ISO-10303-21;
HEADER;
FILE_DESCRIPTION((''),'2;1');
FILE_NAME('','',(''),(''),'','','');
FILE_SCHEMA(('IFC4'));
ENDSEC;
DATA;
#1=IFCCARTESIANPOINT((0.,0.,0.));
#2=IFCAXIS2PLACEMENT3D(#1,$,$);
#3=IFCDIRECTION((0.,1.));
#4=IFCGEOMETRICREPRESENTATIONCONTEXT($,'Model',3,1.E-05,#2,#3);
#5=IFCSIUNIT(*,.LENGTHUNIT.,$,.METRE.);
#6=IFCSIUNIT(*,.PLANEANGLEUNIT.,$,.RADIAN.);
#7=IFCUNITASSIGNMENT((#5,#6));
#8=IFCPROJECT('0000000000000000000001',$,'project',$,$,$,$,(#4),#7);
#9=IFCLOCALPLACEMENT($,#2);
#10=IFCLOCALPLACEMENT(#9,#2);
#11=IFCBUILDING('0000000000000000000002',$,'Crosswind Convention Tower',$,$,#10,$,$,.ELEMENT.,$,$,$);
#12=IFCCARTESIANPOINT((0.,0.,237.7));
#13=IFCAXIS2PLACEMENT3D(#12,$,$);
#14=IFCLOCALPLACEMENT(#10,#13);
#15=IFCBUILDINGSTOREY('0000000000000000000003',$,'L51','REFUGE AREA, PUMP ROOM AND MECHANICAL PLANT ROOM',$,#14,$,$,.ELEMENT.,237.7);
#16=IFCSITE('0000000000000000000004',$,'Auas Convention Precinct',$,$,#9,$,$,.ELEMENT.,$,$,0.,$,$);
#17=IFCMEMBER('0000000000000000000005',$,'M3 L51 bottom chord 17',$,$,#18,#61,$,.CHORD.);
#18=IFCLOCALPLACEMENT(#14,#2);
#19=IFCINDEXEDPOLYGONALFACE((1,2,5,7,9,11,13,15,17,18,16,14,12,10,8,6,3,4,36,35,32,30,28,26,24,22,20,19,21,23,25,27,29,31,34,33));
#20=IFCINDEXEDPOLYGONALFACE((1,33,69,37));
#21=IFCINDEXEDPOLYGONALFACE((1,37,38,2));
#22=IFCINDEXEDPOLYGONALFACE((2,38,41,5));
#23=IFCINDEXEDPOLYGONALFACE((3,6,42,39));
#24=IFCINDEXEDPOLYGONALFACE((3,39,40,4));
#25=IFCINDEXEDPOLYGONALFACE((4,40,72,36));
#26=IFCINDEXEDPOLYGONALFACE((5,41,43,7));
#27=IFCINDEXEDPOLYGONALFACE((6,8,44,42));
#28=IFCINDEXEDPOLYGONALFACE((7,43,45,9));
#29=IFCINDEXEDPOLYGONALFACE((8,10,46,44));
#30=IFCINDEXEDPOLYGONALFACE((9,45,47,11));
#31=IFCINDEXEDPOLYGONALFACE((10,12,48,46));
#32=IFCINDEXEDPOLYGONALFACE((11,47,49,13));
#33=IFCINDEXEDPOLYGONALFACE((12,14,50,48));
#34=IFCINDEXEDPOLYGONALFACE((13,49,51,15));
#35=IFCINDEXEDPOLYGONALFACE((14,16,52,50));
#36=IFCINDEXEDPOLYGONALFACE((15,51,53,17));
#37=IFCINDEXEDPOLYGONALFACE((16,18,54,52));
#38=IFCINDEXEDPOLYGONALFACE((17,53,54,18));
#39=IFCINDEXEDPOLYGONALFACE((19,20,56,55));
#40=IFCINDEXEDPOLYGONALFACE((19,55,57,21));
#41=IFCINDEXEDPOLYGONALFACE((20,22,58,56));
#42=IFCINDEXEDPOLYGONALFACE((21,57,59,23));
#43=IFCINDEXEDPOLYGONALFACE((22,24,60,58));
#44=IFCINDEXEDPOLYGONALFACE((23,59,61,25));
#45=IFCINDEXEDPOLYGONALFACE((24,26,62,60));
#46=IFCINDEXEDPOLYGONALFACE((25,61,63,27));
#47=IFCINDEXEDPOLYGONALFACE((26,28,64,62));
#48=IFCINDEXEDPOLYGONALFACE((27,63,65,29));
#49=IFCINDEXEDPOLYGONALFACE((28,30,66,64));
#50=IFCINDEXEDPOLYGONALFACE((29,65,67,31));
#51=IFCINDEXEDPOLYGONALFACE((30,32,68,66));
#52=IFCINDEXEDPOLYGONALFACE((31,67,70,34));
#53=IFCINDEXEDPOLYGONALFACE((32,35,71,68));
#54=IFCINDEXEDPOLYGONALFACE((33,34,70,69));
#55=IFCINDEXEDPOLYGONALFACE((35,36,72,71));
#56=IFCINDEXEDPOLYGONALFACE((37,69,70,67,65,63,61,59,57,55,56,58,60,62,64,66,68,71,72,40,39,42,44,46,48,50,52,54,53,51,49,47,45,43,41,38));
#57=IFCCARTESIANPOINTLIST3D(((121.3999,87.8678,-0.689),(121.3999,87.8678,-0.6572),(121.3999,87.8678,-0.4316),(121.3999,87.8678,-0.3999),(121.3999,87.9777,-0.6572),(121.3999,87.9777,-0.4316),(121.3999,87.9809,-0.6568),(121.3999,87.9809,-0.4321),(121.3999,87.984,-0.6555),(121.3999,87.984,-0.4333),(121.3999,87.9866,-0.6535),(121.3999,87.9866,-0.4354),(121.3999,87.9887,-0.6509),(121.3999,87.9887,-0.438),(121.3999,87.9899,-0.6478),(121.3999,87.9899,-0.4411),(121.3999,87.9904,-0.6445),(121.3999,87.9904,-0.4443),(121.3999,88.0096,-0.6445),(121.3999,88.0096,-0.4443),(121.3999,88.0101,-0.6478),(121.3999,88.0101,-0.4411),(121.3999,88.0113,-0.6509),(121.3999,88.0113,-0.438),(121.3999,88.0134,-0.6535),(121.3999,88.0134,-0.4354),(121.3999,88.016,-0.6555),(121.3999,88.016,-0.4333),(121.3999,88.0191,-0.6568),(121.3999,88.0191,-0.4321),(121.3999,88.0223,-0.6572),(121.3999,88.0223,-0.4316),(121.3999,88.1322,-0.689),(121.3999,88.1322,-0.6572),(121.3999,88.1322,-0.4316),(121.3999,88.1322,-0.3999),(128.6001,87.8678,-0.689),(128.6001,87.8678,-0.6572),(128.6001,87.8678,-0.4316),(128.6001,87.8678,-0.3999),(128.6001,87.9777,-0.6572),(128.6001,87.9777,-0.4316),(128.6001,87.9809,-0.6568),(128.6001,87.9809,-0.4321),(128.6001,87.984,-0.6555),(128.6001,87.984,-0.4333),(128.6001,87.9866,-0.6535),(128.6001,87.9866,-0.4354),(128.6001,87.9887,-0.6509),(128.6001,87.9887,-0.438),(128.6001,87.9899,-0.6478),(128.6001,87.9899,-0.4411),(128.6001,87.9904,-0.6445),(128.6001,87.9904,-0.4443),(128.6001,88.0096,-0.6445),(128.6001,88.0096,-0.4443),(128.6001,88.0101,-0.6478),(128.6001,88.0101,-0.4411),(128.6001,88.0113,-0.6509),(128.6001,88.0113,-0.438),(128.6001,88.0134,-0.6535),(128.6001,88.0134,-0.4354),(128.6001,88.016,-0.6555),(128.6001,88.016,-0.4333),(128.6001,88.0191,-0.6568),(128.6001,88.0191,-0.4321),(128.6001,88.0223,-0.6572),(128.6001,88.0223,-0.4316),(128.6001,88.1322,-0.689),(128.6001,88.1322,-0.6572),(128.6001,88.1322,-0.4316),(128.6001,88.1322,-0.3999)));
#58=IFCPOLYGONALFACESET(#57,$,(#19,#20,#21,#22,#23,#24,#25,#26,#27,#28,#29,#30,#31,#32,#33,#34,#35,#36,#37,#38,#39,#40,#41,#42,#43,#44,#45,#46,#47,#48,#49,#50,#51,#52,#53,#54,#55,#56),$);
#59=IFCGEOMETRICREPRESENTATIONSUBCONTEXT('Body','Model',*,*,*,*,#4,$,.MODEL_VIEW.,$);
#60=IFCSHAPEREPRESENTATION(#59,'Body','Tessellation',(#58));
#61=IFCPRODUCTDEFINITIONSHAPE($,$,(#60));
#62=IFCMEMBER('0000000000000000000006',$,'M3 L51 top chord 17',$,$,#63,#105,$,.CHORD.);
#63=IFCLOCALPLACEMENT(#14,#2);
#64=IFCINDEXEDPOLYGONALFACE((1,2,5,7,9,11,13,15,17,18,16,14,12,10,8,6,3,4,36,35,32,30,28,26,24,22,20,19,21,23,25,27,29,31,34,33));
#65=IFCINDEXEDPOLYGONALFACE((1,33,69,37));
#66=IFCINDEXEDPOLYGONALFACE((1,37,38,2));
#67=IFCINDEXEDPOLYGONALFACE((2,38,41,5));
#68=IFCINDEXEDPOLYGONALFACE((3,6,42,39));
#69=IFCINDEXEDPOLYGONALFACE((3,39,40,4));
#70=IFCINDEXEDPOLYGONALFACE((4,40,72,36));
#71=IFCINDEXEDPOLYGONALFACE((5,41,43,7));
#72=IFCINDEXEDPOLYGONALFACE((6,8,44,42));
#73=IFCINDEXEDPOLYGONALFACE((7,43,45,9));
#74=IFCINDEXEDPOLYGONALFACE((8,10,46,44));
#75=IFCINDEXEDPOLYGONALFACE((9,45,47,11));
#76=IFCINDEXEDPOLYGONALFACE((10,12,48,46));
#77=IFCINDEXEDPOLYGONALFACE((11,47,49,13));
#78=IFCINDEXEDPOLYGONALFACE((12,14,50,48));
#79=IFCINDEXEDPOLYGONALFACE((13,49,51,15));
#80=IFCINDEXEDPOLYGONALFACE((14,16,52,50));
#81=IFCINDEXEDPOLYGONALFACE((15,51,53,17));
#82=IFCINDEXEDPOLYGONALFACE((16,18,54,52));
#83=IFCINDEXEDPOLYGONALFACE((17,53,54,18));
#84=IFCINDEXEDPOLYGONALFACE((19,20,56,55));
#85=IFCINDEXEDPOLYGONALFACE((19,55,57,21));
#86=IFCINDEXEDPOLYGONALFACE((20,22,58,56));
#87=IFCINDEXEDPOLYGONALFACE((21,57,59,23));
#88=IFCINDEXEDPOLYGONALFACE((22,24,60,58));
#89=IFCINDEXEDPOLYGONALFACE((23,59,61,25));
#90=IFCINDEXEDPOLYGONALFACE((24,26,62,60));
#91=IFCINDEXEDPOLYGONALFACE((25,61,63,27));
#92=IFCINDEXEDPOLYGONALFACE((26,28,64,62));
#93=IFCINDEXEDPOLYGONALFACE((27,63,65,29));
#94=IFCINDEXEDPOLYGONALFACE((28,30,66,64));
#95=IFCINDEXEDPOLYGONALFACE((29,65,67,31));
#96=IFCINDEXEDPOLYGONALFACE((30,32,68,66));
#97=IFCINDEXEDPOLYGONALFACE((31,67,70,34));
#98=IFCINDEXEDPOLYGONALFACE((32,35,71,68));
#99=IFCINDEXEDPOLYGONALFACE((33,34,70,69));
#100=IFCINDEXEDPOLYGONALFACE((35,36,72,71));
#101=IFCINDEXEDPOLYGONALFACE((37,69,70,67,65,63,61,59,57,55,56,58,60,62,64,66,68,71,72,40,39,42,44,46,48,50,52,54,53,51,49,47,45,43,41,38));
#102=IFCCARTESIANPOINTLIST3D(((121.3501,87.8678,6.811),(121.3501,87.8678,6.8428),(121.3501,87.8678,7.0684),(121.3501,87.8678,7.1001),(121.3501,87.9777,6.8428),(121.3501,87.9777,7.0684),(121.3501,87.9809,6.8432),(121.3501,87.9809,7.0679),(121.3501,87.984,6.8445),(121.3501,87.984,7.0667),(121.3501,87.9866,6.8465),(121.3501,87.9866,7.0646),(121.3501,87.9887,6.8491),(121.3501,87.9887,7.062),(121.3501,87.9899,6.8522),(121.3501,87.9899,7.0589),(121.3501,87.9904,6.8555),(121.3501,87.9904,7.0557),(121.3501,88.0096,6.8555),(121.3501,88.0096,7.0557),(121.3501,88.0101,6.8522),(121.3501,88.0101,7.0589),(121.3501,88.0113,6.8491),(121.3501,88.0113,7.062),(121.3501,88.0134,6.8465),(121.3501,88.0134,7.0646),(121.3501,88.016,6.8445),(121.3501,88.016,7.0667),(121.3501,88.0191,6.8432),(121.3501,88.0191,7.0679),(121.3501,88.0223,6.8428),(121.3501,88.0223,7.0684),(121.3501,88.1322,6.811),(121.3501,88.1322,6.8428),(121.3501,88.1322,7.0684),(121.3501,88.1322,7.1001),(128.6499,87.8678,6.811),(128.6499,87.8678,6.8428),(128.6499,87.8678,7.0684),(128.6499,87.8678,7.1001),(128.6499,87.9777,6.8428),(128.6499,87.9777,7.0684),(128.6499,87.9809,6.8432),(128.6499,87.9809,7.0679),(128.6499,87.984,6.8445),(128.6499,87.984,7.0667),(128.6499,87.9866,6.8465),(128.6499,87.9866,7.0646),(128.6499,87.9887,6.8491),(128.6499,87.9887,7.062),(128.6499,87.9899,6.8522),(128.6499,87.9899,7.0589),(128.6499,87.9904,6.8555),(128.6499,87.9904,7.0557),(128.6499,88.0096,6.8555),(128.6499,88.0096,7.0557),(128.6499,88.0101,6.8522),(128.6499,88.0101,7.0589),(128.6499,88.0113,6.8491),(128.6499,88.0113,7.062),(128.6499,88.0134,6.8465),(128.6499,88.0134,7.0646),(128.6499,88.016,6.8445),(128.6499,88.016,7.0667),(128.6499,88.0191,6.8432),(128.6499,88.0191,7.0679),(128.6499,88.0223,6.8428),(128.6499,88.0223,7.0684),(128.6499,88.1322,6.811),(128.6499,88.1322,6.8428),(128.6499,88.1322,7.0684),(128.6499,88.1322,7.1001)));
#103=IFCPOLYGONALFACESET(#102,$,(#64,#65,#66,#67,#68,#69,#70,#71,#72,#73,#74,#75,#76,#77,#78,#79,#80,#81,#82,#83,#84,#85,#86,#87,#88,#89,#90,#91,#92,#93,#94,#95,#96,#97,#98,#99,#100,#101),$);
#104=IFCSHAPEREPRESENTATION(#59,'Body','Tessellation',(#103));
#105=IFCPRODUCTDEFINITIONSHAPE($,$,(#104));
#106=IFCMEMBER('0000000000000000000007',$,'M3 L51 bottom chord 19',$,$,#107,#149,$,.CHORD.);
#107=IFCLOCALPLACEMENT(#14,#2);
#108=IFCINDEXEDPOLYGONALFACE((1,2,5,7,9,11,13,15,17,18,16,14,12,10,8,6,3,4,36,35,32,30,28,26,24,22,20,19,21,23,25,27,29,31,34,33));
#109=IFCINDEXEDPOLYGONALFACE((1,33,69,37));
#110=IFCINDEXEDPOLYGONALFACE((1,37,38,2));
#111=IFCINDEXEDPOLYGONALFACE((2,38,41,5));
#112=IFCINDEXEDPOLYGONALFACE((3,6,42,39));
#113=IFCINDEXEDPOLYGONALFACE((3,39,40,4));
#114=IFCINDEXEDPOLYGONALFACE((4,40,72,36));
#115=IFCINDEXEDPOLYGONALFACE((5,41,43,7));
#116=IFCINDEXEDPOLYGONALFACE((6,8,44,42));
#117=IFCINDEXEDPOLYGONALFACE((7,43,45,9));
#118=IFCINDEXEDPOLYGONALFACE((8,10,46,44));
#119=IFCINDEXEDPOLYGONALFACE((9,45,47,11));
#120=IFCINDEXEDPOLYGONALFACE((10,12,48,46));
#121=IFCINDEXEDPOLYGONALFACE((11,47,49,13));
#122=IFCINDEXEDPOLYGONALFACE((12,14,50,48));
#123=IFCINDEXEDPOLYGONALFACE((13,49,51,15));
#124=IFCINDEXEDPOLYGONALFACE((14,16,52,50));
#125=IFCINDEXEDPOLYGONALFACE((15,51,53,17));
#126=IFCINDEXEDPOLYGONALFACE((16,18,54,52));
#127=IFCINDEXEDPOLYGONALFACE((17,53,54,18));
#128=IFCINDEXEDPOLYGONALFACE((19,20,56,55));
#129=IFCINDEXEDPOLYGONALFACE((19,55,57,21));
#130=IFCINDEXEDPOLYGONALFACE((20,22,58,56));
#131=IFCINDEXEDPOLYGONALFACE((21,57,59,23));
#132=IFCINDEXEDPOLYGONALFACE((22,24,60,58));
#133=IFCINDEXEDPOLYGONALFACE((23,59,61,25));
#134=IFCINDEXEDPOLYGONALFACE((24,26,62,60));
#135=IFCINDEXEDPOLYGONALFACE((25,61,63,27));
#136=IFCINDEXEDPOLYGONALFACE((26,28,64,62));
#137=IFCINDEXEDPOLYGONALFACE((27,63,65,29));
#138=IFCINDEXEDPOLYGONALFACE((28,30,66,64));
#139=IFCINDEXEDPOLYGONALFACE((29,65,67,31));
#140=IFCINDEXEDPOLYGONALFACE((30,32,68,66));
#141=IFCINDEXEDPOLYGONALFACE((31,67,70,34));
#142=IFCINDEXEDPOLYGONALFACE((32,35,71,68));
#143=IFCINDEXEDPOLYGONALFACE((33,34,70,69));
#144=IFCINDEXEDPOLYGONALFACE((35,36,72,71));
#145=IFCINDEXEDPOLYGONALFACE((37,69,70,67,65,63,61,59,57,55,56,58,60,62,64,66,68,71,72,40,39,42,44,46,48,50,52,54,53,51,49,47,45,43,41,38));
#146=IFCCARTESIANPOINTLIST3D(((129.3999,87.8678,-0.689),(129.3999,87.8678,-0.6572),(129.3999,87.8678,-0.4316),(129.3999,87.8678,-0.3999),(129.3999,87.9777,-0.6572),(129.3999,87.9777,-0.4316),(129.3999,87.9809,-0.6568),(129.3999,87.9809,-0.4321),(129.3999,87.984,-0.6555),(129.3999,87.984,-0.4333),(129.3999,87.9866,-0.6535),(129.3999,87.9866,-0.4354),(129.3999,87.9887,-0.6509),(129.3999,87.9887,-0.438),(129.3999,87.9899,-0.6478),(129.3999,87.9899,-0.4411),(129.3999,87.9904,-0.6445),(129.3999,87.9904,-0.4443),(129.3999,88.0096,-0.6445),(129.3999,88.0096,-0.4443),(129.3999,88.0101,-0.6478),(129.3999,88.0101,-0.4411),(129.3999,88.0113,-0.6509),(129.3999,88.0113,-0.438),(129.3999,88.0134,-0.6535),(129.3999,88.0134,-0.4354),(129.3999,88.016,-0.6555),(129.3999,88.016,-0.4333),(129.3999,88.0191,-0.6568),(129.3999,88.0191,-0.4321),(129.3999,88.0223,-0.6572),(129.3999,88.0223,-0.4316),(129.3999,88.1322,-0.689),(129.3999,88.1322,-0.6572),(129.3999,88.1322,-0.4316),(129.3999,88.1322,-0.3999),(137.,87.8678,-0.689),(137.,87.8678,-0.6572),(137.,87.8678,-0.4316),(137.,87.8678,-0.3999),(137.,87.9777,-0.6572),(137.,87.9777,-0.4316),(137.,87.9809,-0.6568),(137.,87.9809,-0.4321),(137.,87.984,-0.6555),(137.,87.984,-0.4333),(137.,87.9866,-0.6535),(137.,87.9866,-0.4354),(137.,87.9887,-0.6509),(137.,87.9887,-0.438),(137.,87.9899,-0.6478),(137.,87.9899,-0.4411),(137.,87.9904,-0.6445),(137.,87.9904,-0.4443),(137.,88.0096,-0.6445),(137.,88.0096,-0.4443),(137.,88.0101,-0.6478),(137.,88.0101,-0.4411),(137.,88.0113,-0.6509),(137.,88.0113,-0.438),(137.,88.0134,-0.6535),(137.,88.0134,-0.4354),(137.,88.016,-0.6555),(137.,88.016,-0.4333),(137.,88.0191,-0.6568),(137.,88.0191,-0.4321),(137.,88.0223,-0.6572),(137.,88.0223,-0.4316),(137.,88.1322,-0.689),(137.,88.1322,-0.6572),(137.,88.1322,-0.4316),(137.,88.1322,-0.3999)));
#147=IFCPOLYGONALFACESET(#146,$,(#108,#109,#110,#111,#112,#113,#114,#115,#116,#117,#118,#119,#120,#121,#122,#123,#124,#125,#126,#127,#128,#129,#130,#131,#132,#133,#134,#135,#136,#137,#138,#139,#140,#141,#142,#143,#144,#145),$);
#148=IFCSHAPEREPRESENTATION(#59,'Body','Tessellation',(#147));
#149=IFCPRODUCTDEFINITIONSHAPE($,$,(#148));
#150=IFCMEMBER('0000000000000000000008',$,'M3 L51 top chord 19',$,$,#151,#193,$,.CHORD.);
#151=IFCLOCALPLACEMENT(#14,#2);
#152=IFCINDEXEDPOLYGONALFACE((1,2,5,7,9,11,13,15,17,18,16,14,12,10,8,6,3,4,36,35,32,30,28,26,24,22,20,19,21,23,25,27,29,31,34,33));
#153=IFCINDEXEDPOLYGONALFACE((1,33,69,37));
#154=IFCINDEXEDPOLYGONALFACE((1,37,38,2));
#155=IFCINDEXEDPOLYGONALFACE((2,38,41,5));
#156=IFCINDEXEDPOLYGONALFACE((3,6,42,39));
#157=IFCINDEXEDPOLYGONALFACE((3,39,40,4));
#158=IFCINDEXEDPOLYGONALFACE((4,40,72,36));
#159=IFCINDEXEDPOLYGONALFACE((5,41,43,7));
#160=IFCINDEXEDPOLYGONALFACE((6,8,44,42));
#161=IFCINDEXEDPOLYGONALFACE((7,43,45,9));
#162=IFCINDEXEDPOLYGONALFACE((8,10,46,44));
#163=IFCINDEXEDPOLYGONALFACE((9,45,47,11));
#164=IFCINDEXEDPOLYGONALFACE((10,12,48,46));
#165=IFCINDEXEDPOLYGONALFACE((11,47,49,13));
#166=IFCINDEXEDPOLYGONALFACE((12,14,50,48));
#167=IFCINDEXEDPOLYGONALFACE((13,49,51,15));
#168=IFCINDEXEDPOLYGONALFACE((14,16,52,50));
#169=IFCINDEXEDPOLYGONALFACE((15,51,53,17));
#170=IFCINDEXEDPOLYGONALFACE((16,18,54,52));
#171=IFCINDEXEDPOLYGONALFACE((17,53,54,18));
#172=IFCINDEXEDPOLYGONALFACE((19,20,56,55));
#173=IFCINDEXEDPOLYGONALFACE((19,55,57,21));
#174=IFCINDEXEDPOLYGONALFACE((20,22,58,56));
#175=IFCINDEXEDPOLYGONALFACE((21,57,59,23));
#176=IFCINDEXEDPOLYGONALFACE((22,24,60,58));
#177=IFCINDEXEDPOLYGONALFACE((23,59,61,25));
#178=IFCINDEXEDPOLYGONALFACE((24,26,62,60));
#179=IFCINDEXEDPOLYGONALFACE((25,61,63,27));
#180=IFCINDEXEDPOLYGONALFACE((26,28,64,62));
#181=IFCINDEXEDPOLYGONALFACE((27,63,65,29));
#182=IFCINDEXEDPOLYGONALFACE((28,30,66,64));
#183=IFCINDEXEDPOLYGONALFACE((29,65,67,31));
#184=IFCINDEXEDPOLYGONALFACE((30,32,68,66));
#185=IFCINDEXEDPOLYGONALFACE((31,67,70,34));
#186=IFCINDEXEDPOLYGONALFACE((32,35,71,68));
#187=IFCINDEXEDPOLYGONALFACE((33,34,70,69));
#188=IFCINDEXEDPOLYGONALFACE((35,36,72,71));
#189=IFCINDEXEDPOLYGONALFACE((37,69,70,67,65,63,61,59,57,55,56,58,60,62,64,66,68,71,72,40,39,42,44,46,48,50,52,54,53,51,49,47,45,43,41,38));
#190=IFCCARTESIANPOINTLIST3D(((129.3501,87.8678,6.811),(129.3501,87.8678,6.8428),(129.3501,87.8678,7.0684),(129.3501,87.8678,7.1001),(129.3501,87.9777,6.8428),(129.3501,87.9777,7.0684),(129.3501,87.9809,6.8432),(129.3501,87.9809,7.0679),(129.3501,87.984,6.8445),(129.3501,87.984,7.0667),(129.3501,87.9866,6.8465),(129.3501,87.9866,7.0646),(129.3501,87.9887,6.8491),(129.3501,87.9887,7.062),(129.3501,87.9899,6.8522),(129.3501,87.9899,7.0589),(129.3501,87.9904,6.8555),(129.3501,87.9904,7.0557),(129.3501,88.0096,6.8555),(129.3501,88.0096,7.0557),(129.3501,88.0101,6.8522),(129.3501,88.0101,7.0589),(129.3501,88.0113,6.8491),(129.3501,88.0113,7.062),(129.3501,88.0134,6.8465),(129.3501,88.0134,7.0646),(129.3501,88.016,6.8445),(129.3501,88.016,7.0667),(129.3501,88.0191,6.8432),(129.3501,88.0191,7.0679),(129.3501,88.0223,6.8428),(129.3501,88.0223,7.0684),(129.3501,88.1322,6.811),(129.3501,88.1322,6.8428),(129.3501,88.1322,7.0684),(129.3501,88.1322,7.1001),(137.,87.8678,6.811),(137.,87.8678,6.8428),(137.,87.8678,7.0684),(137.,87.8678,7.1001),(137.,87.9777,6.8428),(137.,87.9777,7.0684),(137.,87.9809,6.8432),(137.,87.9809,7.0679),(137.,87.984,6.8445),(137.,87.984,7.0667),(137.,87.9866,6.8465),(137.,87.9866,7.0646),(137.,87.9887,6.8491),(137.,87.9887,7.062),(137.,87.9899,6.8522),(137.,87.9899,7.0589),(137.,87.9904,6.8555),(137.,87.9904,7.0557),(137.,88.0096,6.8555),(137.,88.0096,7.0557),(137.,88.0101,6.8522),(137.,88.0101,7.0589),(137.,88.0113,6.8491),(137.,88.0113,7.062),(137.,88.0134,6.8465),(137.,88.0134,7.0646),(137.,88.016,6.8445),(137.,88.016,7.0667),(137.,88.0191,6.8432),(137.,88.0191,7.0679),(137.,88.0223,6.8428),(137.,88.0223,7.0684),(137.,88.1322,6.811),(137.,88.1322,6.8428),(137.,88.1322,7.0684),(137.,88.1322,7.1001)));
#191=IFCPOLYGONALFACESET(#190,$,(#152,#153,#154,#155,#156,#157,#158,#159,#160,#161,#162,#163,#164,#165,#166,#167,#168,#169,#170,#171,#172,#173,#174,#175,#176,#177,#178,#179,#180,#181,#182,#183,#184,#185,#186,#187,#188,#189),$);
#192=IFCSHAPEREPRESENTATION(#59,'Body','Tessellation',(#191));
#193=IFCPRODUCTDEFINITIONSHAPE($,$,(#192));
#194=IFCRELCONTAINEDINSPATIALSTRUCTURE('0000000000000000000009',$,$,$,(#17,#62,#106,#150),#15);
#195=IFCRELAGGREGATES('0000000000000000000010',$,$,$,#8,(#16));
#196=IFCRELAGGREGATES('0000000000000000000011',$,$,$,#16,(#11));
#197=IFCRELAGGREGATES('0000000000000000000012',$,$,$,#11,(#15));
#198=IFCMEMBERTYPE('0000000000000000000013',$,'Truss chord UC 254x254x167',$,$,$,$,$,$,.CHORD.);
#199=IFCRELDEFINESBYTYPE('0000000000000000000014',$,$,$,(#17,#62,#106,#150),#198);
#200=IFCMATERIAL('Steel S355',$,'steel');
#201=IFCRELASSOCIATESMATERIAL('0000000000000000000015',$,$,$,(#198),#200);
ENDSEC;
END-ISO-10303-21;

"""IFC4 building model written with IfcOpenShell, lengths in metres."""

from ifc_helpers import new_model, si_unit, direction, frame, origin, origin_2d, place, context, subcontext, project, spatial, i_section, extrude, material, material_profile, profile_set, type_object, element, save


model = new_model("IFC4")

# Units and contexts
model_context = context("Model", 3, precision=1e-05, world=origin(), true_north=direction((0.0, 1.0)))
body_context = subcontext(model_context, "Body", "Model", "MODEL_VIEW")
ifc_project = project(units=[si_unit("LENGTHUNIT", "METRE"), si_unit("PLANEANGLEUNIT", "RADIAN")], contexts=[model_context])

# Site, building, storey
site_placement = place(None, origin())
site = spatial("IfcSite", under=ifc_project, at=site_placement, Name="Auas Convention Precinct", CompositionType="ELEMENT", RefElevation=0.0)
building_placement = place(site_placement, origin())
building = spatial("IfcBuilding", under=site, at=building_placement, Name="Crosswind Convention Tower", CompositionType="ELEMENT")
storey_placement = place(building_placement, frame((0.0, 0.0, 237.7)))
storey = spatial("IfcBuildingStorey", under=building, at=storey_placement, Name="L51", Description="REFUGE AREA, PUMP ROOM AND MECHANICAL PLANT ROOM", CompositionType="ELEMENT", Elevation=237.7)

# Shared definitions
ifc_material_1 = material(Name="Steel S355", Category="steel")

# Members
ifc_material_profile_1 = material_profile(ifc_material_1, i_section(OverallWidth=0.2644, OverallDepth=0.2891, WebThickness=0.0193, FlangeThickness=0.0317, FilletRadius=0.0127, at=origin_2d()), Name="UC 254x254x167")
ifc_profile_set_1 = profile_set([ifc_material_profile_1], Name="Steel S355")
member_type_1 = type_object("IfcMemberType", Name="Truss chord UC 254x254x167", PredefinedType="CHORD", material=ifc_profile_set_1)
member_1_placement = place(storey_placement, frame((121.3999, 88.0, -0.5444), z_axis=(1.0, 0.0, 0.0), x_axis=(0.0, 1.0, 0.0)))
element("IfcMember", 1, at=member_1_placement, inside=storey, type_object=member_type_1, Name="M3 L51 bottom chord 17", PredefinedType="CHORD", context=body_context, shape_type="SweptSolid", body=[
    extrude(i_section(OverallWidth=0.2644, OverallDepth=0.2891, WebThickness=0.0193, FlangeThickness=0.0317, FilletRadius=0.0127, at=origin_2d()), origin(), (0.0, 0.0, 1.0), 7.2002),
])
member_2_placement = place(storey_placement, frame((121.3501, 88.0, 6.9556), z_axis=(1.0, 0.0, 0.0), x_axis=(0.0, 1.0, 0.0)))
element("IfcMember", 2, at=member_2_placement, inside=storey, type_object=member_type_1, Name="M3 L51 top chord 17", PredefinedType="CHORD", context=body_context, shape_type="SweptSolid", body=[
    extrude(i_section(OverallWidth=0.2644, OverallDepth=0.2891, WebThickness=0.0193, FlangeThickness=0.0317, FilletRadius=0.0127, at=origin_2d()), origin(), (0.0, 0.0, 1.0), 7.2998),
])
member_3_placement = place(storey_placement, frame((129.3999, 88.0, -0.5444), z_axis=(1.0, 0.0, 0.0), x_axis=(0.0, 1.0, 0.0)))
element("IfcMember", 3, at=member_3_placement, inside=storey, type_object=member_type_1, Name="M3 L51 bottom chord 19", PredefinedType="CHORD", context=body_context, shape_type="SweptSolid", body=[
    extrude(i_section(OverallWidth=0.2644, OverallDepth=0.2891, WebThickness=0.0193, FlangeThickness=0.0317, FilletRadius=0.0127, at=origin_2d()), origin(), (0.0, 0.0, 1.0), 7.6001),
])
member_4_placement = place(storey_placement, frame((129.3501, 88.0, 6.9556), z_axis=(1.0, 0.0, 0.0), x_axis=(0.0, 1.0, 0.0)))
element("IfcMember", 4, at=member_4_placement, inside=storey, type_object=member_type_1, Name="M3 L51 top chord 19", PredefinedType="CHORD", context=body_context, shape_type="SweptSolid", body=[
    extrude(i_section(OverallWidth=0.2644, OverallDepth=0.2891, WebThickness=0.0193, FlangeThickness=0.0317, FilletRadius=0.0127, at=origin_2d()), origin(), (0.0, 0.0, 1.0), 7.6499),
])

save(model, "model.ifc")
